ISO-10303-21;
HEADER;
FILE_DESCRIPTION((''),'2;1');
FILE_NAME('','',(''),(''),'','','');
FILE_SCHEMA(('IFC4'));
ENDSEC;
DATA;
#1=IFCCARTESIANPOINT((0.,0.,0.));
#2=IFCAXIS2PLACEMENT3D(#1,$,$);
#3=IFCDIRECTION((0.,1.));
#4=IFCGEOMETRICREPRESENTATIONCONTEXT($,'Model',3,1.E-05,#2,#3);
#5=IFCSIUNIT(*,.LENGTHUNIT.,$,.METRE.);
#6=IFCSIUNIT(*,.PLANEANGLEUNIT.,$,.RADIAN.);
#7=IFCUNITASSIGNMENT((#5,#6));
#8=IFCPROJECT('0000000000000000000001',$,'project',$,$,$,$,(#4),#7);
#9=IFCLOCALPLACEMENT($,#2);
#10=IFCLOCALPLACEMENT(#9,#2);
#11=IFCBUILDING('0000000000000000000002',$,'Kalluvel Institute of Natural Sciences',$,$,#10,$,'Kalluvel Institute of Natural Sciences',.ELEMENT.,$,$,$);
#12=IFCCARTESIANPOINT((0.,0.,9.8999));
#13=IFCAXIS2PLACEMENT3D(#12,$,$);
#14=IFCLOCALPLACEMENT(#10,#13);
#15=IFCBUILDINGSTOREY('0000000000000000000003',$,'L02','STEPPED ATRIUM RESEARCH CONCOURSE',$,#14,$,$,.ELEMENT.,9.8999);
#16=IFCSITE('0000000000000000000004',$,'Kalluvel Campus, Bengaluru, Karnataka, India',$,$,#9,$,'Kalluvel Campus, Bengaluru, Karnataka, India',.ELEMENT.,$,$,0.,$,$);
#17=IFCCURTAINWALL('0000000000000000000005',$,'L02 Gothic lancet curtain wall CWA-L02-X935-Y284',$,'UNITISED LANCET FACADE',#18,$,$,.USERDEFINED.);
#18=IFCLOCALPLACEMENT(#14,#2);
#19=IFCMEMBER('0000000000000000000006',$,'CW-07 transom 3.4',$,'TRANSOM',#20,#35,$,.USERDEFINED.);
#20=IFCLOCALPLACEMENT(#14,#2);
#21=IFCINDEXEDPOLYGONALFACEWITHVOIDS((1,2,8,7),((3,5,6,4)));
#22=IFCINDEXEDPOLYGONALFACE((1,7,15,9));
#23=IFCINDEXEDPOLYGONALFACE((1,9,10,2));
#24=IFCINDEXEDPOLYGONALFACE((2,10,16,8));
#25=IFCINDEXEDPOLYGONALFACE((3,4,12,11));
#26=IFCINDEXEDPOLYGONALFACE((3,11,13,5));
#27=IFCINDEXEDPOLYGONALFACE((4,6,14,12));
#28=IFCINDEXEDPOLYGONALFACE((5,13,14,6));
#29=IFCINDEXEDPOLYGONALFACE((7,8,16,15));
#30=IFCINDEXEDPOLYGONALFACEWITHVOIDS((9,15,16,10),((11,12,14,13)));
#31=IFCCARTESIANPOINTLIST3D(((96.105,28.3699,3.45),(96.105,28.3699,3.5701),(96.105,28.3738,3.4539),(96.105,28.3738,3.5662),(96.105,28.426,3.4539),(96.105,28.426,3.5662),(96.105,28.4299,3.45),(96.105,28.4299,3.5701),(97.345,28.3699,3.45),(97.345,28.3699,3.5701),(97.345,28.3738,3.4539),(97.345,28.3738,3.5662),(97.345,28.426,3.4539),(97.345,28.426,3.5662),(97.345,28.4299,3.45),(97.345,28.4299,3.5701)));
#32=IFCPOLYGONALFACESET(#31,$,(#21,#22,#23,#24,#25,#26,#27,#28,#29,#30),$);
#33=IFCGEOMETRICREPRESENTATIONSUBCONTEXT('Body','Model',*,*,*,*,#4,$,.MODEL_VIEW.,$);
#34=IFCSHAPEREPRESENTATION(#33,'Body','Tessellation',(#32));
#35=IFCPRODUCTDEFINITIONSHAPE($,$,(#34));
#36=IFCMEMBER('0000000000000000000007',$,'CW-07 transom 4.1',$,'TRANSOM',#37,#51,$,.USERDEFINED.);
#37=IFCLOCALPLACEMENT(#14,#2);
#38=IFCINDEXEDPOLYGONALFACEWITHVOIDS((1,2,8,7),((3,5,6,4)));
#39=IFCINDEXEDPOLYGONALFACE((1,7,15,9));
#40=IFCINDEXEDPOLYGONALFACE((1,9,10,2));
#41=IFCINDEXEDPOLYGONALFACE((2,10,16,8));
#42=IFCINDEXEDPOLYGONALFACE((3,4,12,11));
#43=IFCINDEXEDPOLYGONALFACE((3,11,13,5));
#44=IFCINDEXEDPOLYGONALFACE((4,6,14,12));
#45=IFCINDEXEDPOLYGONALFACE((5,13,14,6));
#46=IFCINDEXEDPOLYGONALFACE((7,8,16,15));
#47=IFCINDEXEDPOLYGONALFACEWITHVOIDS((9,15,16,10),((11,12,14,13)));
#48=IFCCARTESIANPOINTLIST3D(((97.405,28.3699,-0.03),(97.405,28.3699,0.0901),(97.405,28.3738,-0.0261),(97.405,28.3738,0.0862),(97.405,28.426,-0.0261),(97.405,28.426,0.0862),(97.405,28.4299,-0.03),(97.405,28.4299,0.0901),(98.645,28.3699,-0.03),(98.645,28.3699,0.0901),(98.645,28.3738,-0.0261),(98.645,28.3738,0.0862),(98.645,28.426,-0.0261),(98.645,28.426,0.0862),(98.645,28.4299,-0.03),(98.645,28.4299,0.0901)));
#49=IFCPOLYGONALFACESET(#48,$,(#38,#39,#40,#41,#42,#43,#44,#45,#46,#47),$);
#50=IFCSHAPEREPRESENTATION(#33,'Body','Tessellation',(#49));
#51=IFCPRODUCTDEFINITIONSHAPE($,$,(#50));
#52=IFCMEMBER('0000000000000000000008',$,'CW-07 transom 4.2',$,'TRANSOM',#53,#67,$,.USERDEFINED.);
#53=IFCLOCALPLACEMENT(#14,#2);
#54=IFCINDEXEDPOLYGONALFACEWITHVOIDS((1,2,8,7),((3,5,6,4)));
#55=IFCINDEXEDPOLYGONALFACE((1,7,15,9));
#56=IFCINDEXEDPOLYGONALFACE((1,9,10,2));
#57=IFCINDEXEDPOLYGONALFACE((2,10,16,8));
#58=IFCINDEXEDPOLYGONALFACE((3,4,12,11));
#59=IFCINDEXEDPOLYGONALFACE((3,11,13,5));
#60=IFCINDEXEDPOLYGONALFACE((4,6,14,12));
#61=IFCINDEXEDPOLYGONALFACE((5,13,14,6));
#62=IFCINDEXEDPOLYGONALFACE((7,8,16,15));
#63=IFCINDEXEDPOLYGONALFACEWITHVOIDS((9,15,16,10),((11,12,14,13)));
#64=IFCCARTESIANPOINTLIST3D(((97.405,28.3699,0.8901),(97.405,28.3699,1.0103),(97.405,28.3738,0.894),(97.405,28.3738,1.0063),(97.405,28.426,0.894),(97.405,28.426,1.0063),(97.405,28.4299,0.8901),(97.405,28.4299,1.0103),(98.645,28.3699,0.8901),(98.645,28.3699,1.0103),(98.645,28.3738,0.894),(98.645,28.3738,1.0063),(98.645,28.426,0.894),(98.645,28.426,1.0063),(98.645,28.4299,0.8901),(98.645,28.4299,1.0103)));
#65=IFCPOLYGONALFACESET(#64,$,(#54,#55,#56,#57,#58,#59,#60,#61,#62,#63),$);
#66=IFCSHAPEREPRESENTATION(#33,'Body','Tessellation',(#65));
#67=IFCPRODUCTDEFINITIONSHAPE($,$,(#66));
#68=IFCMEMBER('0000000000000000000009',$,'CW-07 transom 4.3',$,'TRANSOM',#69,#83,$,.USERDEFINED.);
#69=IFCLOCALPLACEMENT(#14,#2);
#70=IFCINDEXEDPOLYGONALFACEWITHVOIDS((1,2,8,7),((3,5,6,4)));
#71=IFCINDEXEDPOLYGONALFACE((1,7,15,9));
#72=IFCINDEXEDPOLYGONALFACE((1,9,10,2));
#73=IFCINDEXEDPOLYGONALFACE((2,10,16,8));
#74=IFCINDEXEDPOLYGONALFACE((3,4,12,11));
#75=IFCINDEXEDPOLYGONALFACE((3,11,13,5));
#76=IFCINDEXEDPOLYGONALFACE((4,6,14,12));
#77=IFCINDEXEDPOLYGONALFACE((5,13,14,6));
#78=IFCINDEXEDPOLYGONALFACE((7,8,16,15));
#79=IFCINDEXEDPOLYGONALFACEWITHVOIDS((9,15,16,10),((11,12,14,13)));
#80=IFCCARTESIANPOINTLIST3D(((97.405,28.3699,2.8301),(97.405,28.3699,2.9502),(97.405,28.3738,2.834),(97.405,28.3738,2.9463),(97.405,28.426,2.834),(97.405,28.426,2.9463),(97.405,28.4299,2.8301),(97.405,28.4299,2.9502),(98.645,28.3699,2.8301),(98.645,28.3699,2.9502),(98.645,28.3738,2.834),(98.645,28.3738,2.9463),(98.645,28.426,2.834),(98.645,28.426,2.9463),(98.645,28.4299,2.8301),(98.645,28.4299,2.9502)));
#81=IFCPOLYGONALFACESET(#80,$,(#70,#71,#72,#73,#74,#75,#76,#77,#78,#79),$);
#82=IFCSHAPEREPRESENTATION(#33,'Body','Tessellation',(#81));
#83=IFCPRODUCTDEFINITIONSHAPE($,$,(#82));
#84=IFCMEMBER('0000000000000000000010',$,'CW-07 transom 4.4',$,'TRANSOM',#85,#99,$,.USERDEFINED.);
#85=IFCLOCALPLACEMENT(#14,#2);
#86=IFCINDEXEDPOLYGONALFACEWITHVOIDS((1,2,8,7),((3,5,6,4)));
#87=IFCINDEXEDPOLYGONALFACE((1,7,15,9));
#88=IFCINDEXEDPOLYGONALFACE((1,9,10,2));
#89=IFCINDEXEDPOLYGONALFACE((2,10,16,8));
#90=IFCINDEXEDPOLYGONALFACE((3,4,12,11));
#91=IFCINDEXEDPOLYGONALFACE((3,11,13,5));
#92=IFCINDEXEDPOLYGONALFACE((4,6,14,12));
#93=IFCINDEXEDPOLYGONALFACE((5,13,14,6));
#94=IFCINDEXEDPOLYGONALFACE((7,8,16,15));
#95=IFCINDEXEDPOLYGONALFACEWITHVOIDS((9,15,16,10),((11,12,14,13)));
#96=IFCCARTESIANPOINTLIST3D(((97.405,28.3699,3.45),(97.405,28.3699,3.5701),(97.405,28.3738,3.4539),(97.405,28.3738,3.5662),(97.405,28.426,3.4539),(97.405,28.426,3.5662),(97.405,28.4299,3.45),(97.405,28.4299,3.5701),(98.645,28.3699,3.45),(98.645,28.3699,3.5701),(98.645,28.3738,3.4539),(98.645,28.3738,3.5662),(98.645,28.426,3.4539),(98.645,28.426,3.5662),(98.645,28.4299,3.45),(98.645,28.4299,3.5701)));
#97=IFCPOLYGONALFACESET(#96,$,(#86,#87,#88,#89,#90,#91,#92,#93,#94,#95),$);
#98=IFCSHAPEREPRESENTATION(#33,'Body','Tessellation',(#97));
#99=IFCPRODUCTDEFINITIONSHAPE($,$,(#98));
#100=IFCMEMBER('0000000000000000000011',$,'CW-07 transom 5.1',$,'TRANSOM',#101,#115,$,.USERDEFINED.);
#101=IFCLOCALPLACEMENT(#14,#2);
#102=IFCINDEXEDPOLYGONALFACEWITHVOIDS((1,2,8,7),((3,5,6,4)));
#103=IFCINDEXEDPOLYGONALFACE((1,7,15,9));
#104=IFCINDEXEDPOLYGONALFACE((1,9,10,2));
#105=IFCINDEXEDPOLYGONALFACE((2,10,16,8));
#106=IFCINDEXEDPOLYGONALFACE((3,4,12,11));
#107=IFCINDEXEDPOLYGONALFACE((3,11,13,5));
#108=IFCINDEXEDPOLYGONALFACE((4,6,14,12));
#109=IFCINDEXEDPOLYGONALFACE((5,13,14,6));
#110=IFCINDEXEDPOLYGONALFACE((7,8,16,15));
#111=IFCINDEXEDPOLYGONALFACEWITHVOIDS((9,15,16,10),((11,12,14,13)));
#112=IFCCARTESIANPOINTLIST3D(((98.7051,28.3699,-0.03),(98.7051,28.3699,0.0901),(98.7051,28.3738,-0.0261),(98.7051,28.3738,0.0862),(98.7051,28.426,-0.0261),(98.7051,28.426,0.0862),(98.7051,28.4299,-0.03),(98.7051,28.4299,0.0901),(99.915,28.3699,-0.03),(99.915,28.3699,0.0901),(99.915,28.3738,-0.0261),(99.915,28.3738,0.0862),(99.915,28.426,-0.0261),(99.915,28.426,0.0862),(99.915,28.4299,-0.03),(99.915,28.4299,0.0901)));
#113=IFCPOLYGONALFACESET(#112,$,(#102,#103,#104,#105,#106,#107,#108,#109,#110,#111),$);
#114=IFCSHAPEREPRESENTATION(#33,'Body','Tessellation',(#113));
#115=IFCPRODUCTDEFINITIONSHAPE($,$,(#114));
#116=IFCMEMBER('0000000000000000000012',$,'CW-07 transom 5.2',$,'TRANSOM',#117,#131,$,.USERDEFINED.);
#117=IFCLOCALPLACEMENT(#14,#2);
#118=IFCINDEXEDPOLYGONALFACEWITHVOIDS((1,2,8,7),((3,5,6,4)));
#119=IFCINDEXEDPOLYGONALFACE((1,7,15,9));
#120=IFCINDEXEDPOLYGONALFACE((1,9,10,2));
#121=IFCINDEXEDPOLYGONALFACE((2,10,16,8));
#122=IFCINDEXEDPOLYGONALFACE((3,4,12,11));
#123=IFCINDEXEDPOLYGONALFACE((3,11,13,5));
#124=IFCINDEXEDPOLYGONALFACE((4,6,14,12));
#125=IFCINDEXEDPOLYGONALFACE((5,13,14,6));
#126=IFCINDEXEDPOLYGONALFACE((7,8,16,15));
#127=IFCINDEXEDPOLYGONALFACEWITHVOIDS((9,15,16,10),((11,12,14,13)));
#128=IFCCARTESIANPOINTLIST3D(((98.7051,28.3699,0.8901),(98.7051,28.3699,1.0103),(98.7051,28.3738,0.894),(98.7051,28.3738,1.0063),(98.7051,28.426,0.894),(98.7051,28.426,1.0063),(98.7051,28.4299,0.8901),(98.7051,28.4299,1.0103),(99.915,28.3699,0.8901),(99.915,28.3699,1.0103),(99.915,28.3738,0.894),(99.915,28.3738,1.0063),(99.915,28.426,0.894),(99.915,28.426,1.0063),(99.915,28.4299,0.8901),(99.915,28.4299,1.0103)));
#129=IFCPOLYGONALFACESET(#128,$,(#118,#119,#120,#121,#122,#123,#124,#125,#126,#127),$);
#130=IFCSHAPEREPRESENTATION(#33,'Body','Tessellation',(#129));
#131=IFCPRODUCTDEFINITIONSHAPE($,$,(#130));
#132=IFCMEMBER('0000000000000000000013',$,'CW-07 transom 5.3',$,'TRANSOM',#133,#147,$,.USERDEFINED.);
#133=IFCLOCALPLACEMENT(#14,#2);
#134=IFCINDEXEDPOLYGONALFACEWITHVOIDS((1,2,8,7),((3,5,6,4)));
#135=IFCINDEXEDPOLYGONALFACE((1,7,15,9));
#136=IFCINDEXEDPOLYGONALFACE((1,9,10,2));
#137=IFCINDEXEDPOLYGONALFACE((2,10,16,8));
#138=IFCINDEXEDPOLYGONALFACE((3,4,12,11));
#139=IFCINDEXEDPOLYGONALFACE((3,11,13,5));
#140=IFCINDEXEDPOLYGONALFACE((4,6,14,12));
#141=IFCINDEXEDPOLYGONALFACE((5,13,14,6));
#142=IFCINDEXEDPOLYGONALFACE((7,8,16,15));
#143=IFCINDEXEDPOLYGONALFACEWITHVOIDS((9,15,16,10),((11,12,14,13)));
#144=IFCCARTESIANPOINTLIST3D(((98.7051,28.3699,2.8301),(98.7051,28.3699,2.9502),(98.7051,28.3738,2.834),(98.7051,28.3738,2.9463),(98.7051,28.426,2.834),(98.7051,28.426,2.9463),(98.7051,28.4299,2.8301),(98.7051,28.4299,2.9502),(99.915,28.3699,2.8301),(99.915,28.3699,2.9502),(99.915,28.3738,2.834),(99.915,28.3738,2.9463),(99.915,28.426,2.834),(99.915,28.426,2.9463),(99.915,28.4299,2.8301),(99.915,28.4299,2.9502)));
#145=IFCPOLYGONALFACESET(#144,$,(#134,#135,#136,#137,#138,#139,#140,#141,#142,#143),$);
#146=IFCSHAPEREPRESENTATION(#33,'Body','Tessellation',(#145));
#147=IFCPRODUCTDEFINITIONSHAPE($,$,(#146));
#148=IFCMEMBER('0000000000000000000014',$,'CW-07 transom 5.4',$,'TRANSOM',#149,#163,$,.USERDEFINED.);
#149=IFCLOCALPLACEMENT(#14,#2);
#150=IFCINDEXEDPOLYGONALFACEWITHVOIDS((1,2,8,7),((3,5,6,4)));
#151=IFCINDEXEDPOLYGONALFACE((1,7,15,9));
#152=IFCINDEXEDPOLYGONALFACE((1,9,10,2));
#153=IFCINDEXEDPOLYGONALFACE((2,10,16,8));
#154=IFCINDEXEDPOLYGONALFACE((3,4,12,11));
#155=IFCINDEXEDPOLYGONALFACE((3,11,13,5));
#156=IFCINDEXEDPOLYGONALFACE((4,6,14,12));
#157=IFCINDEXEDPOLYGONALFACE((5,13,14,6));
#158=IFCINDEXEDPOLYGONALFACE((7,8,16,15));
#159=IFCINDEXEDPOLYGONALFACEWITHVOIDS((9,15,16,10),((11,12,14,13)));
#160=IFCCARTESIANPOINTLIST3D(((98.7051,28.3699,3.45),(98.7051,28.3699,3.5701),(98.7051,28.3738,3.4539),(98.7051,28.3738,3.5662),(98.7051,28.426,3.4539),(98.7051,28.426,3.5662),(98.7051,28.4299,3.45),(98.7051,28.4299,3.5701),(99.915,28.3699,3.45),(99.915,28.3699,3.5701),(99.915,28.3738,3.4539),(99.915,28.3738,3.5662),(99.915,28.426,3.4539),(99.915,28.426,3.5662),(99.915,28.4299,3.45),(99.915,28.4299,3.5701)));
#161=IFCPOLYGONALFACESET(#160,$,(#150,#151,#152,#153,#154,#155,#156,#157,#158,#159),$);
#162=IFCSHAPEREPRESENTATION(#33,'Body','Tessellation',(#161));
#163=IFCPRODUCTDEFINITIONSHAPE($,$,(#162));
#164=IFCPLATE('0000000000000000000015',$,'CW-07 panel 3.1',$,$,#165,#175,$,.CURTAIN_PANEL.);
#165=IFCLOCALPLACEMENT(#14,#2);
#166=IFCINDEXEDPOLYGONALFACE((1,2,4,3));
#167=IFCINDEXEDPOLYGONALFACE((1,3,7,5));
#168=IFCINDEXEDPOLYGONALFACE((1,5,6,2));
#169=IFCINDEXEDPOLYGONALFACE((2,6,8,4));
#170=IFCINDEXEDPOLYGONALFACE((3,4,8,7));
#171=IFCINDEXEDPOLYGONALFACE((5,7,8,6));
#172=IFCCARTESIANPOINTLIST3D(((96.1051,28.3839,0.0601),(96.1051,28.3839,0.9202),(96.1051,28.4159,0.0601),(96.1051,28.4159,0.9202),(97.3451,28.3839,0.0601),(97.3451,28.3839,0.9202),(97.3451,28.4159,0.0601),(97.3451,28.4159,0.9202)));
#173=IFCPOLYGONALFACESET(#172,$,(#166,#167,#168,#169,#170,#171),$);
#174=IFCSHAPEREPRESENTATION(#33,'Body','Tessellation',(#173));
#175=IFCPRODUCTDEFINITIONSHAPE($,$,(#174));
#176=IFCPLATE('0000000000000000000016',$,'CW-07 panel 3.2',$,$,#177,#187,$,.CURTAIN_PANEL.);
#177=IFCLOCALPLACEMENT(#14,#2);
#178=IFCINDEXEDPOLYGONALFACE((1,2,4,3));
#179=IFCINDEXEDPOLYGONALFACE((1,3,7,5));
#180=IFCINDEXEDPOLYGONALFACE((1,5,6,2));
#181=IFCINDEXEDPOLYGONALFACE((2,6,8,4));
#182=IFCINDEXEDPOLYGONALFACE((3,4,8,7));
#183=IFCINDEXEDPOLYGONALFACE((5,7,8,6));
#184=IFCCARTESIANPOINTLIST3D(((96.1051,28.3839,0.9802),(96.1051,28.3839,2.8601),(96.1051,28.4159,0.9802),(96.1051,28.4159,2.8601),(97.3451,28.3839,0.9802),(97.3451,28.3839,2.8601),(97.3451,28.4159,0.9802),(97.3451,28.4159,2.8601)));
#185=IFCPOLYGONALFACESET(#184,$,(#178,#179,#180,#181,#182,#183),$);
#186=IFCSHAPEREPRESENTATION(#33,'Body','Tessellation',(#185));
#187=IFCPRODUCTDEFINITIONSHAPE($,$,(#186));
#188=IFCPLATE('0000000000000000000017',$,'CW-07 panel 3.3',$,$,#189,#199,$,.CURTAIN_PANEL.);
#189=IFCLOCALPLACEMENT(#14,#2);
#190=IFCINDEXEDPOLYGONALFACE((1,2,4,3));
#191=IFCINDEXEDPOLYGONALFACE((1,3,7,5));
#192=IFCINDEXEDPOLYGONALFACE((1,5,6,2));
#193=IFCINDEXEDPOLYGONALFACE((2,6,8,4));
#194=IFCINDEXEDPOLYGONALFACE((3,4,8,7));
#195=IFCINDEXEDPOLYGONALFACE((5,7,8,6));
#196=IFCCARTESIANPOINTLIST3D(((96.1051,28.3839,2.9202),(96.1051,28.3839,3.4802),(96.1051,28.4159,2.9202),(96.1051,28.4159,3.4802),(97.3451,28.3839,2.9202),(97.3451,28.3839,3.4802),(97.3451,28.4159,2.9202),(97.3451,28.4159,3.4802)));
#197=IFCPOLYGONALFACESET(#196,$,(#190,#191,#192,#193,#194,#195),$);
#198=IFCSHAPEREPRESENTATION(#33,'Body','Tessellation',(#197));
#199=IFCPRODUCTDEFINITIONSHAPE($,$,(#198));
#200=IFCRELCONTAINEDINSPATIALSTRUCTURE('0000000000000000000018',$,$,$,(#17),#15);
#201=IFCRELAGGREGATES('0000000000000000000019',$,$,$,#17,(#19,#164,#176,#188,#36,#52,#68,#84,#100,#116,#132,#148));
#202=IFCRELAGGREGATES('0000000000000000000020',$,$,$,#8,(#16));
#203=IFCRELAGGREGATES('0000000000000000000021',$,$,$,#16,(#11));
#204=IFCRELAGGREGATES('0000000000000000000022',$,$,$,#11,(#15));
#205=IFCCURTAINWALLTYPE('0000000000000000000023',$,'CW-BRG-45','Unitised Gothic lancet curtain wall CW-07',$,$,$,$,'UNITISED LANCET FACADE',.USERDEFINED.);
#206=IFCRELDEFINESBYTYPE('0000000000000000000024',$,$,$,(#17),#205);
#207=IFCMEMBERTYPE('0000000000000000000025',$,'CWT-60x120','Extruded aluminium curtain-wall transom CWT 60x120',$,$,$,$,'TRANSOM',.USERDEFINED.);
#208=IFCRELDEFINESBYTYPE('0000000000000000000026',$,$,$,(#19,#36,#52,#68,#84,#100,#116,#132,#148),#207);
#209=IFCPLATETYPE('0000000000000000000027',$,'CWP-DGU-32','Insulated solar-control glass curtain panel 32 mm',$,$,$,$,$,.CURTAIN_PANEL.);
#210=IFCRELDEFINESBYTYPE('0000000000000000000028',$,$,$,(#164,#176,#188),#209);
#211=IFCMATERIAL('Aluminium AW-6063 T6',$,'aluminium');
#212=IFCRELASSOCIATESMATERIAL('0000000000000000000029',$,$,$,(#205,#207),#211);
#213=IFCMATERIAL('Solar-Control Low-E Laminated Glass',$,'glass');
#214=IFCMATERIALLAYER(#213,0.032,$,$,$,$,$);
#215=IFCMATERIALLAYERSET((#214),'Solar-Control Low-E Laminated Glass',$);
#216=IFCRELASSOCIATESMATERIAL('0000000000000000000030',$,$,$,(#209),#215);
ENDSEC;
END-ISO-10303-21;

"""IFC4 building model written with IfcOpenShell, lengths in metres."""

from ifc_helpers import new_model, si_unit, direction, frame, origin, origin_2d, place, context, subcontext, project, spatial, rectangle, hollow_rectangle, extrude, material, layer, layer_set, material_profile, profile_set, type_object, element, aggregate, save


model = new_model("IFC4")

# Units and contexts
model_context = context("Model", 3, precision=1e-05, world=origin(), true_north=direction((0.0, 1.0)))
body_context = subcontext(model_context, "Body", "Model", "MODEL_VIEW")
ifc_project = project(units=[si_unit("LENGTHUNIT", "METRE"), si_unit("PLANEANGLEUNIT", "RADIAN")], contexts=[model_context])

# Site, building, storey
site_placement = place(None, origin())
site = spatial("IfcSite", under=ifc_project, at=site_placement, Name="Kalluvel Campus, Bengaluru, Karnataka, India", LongName="Kalluvel Campus, Bengaluru, Karnataka, India", CompositionType="ELEMENT", RefElevation=0.0)
building_placement = place(site_placement, origin())
building = spatial("IfcBuilding", under=site, at=building_placement, Name="Kalluvel Institute of Natural Sciences", LongName="Kalluvel Institute of Natural Sciences", CompositionType="ELEMENT")
storey_placement = place(building_placement, frame((0.0, 0.0, 9.8999)))
storey = spatial("IfcBuildingStorey", under=building, at=storey_placement, Name="L02", Description="STEPPED ATRIUM RESEARCH CONCOURSE", CompositionType="ELEMENT", Elevation=9.8999)

# Curtain wall, members, plates
ifc_material_1 = material(Name="Aluminium AW-6063 T6", Category="aluminium")
curtain_wall_type = type_object("IfcCurtainWallType", Name="CW-BRG-45", Description="Unitised Gothic lancet curtain wall CW-07", ElementType="UNITISED LANCET FACADE", PredefinedType="USERDEFINED", material=ifc_material_1)
curtain_wall_placement = place(storey_placement, origin())
curtain_wall = element("IfcCurtainWall", 1, at=curtain_wall_placement, inside=storey, type_object=curtain_wall_type, Name="L02 Gothic lancet curtain wall CWA-L02-X935-Y284", ObjectType="UNITISED LANCET FACADE", PredefinedType="USERDEFINED")
ifc_material_profile_1 = material_profile(ifc_material_1, hollow_rectangle(XDim=0.0601, YDim=0.1201, WallThickness=0.0039, at=origin_2d()), Name="CWT 60x120")
ifc_profile_set_1 = profile_set([ifc_material_profile_1], Name="Aluminium AW-6063 T6")
member_type_1 = type_object("IfcMemberType", Name="CWT-60x120", Description="Extruded aluminium curtain-wall transom CWT 60x120", ElementType="TRANSOM", PredefinedType="USERDEFINED", material=ifc_profile_set_1)
member_1_placement = place(storey_placement, frame((96.105, 28.3999, 3.51), z_axis=(1.0, 0.0, 0.0), x_axis=(0.0, 1.0, 0.0)))
member_1 = element("IfcMember", 2, at=member_1_placement, type_object=member_type_1, Name="CW-07 transom 3.4", ObjectType="TRANSOM", PredefinedType="USERDEFINED", context=body_context, shape_type="SweptSolid", body=[
    extrude(hollow_rectangle(XDim=0.0601, YDim=0.1201, WallThickness=0.0039, at=origin_2d()), origin(), (0.0, 0.0, 1.0), 1.24),
])
member_2_placement = place(storey_placement, frame((97.405, 28.3999, 0.03), z_axis=(1.0, 0.0, 0.0), x_axis=(0.0, 1.0, 0.0)))
member_2 = element("IfcMember", 3, at=member_2_placement, type_object=member_type_1, Name="CW-07 transom 4.1", ObjectType="TRANSOM", PredefinedType="USERDEFINED", context=body_context, shape_type="SweptSolid", body=[
    extrude(hollow_rectangle(XDim=0.0601, YDim=0.1201, WallThickness=0.0039, at=origin_2d()), origin(), (0.0, 0.0, 1.0), 1.24),
])
member_3_placement = place(storey_placement, frame((97.405, 28.3999, 0.9502), z_axis=(1.0, 0.0, 0.0), x_axis=(0.0, 1.0, 0.0)))
member_3 = element("IfcMember", 4, at=member_3_placement, type_object=member_type_1, Name="CW-07 transom 4.2", ObjectType="TRANSOM", PredefinedType="USERDEFINED", context=body_context, shape_type="SweptSolid", body=[
    extrude(hollow_rectangle(XDim=0.0601, YDim=0.1201, WallThickness=0.0039, at=origin_2d()), origin(), (0.0, 0.0, 1.0), 1.24),
])
member_4_placement = place(storey_placement, frame((97.405, 28.3999, 2.8901), z_axis=(1.0, 0.0, 0.0), x_axis=(0.0, 1.0, 0.0)))
member_4 = element("IfcMember", 5, at=member_4_placement, type_object=member_type_1, Name="CW-07 transom 4.3", ObjectType="TRANSOM", PredefinedType="USERDEFINED", context=body_context, shape_type="SweptSolid", body=[
    extrude(hollow_rectangle(XDim=0.0601, YDim=0.1201, WallThickness=0.0039, at=origin_2d()), origin(), (0.0, 0.0, 1.0), 1.24),
])
member_5_placement = place(storey_placement, frame((97.405, 28.3999, 3.51), z_axis=(1.0, 0.0, 0.0), x_axis=(0.0, 1.0, 0.0)))
member_5 = element("IfcMember", 6, at=member_5_placement, type_object=member_type_1, Name="CW-07 transom 4.4", ObjectType="TRANSOM", PredefinedType="USERDEFINED", context=body_context, shape_type="SweptSolid", body=[
    extrude(hollow_rectangle(XDim=0.0601, YDim=0.1201, WallThickness=0.0039, at=origin_2d()), origin(), (0.0, 0.0, 1.0), 1.24),
])
member_6_placement = place(storey_placement, frame((98.7051, 28.3999, 0.03), z_axis=(1.0, 0.0, 0.0), x_axis=(0.0, 1.0, 0.0)))
member_6 = element("IfcMember", 7, at=member_6_placement, type_object=member_type_1, Name="CW-07 transom 5.1", ObjectType="TRANSOM", PredefinedType="USERDEFINED", context=body_context, shape_type="SweptSolid", body=[
    extrude(hollow_rectangle(XDim=0.0601, YDim=0.1201, WallThickness=0.0039, at=origin_2d()), origin(), (0.0, 0.0, 1.0), 1.21),
])
member_7_placement = place(storey_placement, frame((98.7051, 28.3999, 0.9502), z_axis=(1.0, 0.0, 0.0), x_axis=(0.0, 1.0, 0.0)))
member_7 = element("IfcMember", 8, at=member_7_placement, type_object=member_type_1, Name="CW-07 transom 5.2", ObjectType="TRANSOM", PredefinedType="USERDEFINED", context=body_context, shape_type="SweptSolid", body=[
    extrude(hollow_rectangle(XDim=0.0601, YDim=0.1201, WallThickness=0.0039, at=origin_2d()), origin(), (0.0, 0.0, 1.0), 1.21),
])
member_8_placement = place(storey_placement, frame((98.7051, 28.3999, 2.8901), z_axis=(1.0, 0.0, 0.0), x_axis=(0.0, 1.0, 0.0)))
member_8 = element("IfcMember", 9, at=member_8_placement, type_object=member_type_1, Name="CW-07 transom 5.3", ObjectType="TRANSOM", PredefinedType="USERDEFINED", context=body_context, shape_type="SweptSolid", body=[
    extrude(hollow_rectangle(XDim=0.0601, YDim=0.1201, WallThickness=0.0039, at=origin_2d()), origin(), (0.0, 0.0, 1.0), 1.21),
])
member_9_placement = place(storey_placement, frame((98.7051, 28.3999, 3.51), z_axis=(1.0, 0.0, 0.0), x_axis=(0.0, 1.0, 0.0)))
member_9 = element("IfcMember", 10, at=member_9_placement, type_object=member_type_1, Name="CW-07 transom 5.4", ObjectType="TRANSOM", PredefinedType="USERDEFINED", context=body_context, shape_type="SweptSolid", body=[
    extrude(hollow_rectangle(XDim=0.0601, YDim=0.1201, WallThickness=0.0039, at=origin_2d()), origin(), (0.0, 0.0, 1.0), 1.21),
])
ifc_material_2 = material(Name="Solar-Control Low-E Laminated Glass", Category="glass")
ifc_layer = layer(ifc_material_2, 0.032)
ifc_layer_set = layer_set([ifc_layer], Name="Solar-Control Low-E Laminated Glass")
plate_type = type_object("IfcPlateType", Name="CWP-DGU-32", Description="Insulated solar-control glass curtain panel 32 mm", PredefinedType="CURTAIN_PANEL", material=ifc_layer_set)
plate_1_placement = place(storey_placement, frame((96.7251, 28.3999, 0.0601), z_axis=(0.0, 0.0, 1.0), x_axis=(1.0, 0.0, 0.0)))
plate_1 = element("IfcPlate", 11, at=plate_1_placement, type_object=plate_type, Name="CW-07 panel 3.1", PredefinedType="CURTAIN_PANEL", context=body_context, shape_type="SweptSolid", body=[
    extrude(rectangle(XDim=1.24, YDim=0.032, at=origin_2d()), origin(), (0.0, 0.0, 1.0), 0.8601),
])
plate_2_placement = place(storey_placement, frame((96.7251, 28.3999, 0.9802), z_axis=(0.0, 0.0, 1.0), x_axis=(1.0, 0.0, 0.0)))
plate_2 = element("IfcPlate", 12, at=plate_2_placement, type_object=plate_type, Name="CW-07 panel 3.2", PredefinedType="CURTAIN_PANEL", context=body_context, shape_type="SweptSolid", body=[
    extrude(rectangle(XDim=1.24, YDim=0.032, at=origin_2d()), origin(), (0.0, 0.0, 1.0), 1.8799),
])
plate_3_placement = place(storey_placement, frame((96.7251, 28.3999, 2.9202), z_axis=(0.0, 0.0, 1.0), x_axis=(1.0, 0.0, 0.0)))
plate_3 = element("IfcPlate", 13, at=plate_3_placement, type_object=plate_type, Name="CW-07 panel 3.3", PredefinedType="CURTAIN_PANEL", context=body_context, shape_type="SweptSolid", body=[
    extrude(rectangle(XDim=1.24, YDim=0.032, at=origin_2d()), origin(), (0.0, 0.0, 1.0), 0.5601),
])
aggregate(curtain_wall, [member_1, plate_1, plate_2, plate_3, member_2, member_3, member_4, member_5, member_6, member_7, member_8, member_9])

save(model, "model.ifc")
